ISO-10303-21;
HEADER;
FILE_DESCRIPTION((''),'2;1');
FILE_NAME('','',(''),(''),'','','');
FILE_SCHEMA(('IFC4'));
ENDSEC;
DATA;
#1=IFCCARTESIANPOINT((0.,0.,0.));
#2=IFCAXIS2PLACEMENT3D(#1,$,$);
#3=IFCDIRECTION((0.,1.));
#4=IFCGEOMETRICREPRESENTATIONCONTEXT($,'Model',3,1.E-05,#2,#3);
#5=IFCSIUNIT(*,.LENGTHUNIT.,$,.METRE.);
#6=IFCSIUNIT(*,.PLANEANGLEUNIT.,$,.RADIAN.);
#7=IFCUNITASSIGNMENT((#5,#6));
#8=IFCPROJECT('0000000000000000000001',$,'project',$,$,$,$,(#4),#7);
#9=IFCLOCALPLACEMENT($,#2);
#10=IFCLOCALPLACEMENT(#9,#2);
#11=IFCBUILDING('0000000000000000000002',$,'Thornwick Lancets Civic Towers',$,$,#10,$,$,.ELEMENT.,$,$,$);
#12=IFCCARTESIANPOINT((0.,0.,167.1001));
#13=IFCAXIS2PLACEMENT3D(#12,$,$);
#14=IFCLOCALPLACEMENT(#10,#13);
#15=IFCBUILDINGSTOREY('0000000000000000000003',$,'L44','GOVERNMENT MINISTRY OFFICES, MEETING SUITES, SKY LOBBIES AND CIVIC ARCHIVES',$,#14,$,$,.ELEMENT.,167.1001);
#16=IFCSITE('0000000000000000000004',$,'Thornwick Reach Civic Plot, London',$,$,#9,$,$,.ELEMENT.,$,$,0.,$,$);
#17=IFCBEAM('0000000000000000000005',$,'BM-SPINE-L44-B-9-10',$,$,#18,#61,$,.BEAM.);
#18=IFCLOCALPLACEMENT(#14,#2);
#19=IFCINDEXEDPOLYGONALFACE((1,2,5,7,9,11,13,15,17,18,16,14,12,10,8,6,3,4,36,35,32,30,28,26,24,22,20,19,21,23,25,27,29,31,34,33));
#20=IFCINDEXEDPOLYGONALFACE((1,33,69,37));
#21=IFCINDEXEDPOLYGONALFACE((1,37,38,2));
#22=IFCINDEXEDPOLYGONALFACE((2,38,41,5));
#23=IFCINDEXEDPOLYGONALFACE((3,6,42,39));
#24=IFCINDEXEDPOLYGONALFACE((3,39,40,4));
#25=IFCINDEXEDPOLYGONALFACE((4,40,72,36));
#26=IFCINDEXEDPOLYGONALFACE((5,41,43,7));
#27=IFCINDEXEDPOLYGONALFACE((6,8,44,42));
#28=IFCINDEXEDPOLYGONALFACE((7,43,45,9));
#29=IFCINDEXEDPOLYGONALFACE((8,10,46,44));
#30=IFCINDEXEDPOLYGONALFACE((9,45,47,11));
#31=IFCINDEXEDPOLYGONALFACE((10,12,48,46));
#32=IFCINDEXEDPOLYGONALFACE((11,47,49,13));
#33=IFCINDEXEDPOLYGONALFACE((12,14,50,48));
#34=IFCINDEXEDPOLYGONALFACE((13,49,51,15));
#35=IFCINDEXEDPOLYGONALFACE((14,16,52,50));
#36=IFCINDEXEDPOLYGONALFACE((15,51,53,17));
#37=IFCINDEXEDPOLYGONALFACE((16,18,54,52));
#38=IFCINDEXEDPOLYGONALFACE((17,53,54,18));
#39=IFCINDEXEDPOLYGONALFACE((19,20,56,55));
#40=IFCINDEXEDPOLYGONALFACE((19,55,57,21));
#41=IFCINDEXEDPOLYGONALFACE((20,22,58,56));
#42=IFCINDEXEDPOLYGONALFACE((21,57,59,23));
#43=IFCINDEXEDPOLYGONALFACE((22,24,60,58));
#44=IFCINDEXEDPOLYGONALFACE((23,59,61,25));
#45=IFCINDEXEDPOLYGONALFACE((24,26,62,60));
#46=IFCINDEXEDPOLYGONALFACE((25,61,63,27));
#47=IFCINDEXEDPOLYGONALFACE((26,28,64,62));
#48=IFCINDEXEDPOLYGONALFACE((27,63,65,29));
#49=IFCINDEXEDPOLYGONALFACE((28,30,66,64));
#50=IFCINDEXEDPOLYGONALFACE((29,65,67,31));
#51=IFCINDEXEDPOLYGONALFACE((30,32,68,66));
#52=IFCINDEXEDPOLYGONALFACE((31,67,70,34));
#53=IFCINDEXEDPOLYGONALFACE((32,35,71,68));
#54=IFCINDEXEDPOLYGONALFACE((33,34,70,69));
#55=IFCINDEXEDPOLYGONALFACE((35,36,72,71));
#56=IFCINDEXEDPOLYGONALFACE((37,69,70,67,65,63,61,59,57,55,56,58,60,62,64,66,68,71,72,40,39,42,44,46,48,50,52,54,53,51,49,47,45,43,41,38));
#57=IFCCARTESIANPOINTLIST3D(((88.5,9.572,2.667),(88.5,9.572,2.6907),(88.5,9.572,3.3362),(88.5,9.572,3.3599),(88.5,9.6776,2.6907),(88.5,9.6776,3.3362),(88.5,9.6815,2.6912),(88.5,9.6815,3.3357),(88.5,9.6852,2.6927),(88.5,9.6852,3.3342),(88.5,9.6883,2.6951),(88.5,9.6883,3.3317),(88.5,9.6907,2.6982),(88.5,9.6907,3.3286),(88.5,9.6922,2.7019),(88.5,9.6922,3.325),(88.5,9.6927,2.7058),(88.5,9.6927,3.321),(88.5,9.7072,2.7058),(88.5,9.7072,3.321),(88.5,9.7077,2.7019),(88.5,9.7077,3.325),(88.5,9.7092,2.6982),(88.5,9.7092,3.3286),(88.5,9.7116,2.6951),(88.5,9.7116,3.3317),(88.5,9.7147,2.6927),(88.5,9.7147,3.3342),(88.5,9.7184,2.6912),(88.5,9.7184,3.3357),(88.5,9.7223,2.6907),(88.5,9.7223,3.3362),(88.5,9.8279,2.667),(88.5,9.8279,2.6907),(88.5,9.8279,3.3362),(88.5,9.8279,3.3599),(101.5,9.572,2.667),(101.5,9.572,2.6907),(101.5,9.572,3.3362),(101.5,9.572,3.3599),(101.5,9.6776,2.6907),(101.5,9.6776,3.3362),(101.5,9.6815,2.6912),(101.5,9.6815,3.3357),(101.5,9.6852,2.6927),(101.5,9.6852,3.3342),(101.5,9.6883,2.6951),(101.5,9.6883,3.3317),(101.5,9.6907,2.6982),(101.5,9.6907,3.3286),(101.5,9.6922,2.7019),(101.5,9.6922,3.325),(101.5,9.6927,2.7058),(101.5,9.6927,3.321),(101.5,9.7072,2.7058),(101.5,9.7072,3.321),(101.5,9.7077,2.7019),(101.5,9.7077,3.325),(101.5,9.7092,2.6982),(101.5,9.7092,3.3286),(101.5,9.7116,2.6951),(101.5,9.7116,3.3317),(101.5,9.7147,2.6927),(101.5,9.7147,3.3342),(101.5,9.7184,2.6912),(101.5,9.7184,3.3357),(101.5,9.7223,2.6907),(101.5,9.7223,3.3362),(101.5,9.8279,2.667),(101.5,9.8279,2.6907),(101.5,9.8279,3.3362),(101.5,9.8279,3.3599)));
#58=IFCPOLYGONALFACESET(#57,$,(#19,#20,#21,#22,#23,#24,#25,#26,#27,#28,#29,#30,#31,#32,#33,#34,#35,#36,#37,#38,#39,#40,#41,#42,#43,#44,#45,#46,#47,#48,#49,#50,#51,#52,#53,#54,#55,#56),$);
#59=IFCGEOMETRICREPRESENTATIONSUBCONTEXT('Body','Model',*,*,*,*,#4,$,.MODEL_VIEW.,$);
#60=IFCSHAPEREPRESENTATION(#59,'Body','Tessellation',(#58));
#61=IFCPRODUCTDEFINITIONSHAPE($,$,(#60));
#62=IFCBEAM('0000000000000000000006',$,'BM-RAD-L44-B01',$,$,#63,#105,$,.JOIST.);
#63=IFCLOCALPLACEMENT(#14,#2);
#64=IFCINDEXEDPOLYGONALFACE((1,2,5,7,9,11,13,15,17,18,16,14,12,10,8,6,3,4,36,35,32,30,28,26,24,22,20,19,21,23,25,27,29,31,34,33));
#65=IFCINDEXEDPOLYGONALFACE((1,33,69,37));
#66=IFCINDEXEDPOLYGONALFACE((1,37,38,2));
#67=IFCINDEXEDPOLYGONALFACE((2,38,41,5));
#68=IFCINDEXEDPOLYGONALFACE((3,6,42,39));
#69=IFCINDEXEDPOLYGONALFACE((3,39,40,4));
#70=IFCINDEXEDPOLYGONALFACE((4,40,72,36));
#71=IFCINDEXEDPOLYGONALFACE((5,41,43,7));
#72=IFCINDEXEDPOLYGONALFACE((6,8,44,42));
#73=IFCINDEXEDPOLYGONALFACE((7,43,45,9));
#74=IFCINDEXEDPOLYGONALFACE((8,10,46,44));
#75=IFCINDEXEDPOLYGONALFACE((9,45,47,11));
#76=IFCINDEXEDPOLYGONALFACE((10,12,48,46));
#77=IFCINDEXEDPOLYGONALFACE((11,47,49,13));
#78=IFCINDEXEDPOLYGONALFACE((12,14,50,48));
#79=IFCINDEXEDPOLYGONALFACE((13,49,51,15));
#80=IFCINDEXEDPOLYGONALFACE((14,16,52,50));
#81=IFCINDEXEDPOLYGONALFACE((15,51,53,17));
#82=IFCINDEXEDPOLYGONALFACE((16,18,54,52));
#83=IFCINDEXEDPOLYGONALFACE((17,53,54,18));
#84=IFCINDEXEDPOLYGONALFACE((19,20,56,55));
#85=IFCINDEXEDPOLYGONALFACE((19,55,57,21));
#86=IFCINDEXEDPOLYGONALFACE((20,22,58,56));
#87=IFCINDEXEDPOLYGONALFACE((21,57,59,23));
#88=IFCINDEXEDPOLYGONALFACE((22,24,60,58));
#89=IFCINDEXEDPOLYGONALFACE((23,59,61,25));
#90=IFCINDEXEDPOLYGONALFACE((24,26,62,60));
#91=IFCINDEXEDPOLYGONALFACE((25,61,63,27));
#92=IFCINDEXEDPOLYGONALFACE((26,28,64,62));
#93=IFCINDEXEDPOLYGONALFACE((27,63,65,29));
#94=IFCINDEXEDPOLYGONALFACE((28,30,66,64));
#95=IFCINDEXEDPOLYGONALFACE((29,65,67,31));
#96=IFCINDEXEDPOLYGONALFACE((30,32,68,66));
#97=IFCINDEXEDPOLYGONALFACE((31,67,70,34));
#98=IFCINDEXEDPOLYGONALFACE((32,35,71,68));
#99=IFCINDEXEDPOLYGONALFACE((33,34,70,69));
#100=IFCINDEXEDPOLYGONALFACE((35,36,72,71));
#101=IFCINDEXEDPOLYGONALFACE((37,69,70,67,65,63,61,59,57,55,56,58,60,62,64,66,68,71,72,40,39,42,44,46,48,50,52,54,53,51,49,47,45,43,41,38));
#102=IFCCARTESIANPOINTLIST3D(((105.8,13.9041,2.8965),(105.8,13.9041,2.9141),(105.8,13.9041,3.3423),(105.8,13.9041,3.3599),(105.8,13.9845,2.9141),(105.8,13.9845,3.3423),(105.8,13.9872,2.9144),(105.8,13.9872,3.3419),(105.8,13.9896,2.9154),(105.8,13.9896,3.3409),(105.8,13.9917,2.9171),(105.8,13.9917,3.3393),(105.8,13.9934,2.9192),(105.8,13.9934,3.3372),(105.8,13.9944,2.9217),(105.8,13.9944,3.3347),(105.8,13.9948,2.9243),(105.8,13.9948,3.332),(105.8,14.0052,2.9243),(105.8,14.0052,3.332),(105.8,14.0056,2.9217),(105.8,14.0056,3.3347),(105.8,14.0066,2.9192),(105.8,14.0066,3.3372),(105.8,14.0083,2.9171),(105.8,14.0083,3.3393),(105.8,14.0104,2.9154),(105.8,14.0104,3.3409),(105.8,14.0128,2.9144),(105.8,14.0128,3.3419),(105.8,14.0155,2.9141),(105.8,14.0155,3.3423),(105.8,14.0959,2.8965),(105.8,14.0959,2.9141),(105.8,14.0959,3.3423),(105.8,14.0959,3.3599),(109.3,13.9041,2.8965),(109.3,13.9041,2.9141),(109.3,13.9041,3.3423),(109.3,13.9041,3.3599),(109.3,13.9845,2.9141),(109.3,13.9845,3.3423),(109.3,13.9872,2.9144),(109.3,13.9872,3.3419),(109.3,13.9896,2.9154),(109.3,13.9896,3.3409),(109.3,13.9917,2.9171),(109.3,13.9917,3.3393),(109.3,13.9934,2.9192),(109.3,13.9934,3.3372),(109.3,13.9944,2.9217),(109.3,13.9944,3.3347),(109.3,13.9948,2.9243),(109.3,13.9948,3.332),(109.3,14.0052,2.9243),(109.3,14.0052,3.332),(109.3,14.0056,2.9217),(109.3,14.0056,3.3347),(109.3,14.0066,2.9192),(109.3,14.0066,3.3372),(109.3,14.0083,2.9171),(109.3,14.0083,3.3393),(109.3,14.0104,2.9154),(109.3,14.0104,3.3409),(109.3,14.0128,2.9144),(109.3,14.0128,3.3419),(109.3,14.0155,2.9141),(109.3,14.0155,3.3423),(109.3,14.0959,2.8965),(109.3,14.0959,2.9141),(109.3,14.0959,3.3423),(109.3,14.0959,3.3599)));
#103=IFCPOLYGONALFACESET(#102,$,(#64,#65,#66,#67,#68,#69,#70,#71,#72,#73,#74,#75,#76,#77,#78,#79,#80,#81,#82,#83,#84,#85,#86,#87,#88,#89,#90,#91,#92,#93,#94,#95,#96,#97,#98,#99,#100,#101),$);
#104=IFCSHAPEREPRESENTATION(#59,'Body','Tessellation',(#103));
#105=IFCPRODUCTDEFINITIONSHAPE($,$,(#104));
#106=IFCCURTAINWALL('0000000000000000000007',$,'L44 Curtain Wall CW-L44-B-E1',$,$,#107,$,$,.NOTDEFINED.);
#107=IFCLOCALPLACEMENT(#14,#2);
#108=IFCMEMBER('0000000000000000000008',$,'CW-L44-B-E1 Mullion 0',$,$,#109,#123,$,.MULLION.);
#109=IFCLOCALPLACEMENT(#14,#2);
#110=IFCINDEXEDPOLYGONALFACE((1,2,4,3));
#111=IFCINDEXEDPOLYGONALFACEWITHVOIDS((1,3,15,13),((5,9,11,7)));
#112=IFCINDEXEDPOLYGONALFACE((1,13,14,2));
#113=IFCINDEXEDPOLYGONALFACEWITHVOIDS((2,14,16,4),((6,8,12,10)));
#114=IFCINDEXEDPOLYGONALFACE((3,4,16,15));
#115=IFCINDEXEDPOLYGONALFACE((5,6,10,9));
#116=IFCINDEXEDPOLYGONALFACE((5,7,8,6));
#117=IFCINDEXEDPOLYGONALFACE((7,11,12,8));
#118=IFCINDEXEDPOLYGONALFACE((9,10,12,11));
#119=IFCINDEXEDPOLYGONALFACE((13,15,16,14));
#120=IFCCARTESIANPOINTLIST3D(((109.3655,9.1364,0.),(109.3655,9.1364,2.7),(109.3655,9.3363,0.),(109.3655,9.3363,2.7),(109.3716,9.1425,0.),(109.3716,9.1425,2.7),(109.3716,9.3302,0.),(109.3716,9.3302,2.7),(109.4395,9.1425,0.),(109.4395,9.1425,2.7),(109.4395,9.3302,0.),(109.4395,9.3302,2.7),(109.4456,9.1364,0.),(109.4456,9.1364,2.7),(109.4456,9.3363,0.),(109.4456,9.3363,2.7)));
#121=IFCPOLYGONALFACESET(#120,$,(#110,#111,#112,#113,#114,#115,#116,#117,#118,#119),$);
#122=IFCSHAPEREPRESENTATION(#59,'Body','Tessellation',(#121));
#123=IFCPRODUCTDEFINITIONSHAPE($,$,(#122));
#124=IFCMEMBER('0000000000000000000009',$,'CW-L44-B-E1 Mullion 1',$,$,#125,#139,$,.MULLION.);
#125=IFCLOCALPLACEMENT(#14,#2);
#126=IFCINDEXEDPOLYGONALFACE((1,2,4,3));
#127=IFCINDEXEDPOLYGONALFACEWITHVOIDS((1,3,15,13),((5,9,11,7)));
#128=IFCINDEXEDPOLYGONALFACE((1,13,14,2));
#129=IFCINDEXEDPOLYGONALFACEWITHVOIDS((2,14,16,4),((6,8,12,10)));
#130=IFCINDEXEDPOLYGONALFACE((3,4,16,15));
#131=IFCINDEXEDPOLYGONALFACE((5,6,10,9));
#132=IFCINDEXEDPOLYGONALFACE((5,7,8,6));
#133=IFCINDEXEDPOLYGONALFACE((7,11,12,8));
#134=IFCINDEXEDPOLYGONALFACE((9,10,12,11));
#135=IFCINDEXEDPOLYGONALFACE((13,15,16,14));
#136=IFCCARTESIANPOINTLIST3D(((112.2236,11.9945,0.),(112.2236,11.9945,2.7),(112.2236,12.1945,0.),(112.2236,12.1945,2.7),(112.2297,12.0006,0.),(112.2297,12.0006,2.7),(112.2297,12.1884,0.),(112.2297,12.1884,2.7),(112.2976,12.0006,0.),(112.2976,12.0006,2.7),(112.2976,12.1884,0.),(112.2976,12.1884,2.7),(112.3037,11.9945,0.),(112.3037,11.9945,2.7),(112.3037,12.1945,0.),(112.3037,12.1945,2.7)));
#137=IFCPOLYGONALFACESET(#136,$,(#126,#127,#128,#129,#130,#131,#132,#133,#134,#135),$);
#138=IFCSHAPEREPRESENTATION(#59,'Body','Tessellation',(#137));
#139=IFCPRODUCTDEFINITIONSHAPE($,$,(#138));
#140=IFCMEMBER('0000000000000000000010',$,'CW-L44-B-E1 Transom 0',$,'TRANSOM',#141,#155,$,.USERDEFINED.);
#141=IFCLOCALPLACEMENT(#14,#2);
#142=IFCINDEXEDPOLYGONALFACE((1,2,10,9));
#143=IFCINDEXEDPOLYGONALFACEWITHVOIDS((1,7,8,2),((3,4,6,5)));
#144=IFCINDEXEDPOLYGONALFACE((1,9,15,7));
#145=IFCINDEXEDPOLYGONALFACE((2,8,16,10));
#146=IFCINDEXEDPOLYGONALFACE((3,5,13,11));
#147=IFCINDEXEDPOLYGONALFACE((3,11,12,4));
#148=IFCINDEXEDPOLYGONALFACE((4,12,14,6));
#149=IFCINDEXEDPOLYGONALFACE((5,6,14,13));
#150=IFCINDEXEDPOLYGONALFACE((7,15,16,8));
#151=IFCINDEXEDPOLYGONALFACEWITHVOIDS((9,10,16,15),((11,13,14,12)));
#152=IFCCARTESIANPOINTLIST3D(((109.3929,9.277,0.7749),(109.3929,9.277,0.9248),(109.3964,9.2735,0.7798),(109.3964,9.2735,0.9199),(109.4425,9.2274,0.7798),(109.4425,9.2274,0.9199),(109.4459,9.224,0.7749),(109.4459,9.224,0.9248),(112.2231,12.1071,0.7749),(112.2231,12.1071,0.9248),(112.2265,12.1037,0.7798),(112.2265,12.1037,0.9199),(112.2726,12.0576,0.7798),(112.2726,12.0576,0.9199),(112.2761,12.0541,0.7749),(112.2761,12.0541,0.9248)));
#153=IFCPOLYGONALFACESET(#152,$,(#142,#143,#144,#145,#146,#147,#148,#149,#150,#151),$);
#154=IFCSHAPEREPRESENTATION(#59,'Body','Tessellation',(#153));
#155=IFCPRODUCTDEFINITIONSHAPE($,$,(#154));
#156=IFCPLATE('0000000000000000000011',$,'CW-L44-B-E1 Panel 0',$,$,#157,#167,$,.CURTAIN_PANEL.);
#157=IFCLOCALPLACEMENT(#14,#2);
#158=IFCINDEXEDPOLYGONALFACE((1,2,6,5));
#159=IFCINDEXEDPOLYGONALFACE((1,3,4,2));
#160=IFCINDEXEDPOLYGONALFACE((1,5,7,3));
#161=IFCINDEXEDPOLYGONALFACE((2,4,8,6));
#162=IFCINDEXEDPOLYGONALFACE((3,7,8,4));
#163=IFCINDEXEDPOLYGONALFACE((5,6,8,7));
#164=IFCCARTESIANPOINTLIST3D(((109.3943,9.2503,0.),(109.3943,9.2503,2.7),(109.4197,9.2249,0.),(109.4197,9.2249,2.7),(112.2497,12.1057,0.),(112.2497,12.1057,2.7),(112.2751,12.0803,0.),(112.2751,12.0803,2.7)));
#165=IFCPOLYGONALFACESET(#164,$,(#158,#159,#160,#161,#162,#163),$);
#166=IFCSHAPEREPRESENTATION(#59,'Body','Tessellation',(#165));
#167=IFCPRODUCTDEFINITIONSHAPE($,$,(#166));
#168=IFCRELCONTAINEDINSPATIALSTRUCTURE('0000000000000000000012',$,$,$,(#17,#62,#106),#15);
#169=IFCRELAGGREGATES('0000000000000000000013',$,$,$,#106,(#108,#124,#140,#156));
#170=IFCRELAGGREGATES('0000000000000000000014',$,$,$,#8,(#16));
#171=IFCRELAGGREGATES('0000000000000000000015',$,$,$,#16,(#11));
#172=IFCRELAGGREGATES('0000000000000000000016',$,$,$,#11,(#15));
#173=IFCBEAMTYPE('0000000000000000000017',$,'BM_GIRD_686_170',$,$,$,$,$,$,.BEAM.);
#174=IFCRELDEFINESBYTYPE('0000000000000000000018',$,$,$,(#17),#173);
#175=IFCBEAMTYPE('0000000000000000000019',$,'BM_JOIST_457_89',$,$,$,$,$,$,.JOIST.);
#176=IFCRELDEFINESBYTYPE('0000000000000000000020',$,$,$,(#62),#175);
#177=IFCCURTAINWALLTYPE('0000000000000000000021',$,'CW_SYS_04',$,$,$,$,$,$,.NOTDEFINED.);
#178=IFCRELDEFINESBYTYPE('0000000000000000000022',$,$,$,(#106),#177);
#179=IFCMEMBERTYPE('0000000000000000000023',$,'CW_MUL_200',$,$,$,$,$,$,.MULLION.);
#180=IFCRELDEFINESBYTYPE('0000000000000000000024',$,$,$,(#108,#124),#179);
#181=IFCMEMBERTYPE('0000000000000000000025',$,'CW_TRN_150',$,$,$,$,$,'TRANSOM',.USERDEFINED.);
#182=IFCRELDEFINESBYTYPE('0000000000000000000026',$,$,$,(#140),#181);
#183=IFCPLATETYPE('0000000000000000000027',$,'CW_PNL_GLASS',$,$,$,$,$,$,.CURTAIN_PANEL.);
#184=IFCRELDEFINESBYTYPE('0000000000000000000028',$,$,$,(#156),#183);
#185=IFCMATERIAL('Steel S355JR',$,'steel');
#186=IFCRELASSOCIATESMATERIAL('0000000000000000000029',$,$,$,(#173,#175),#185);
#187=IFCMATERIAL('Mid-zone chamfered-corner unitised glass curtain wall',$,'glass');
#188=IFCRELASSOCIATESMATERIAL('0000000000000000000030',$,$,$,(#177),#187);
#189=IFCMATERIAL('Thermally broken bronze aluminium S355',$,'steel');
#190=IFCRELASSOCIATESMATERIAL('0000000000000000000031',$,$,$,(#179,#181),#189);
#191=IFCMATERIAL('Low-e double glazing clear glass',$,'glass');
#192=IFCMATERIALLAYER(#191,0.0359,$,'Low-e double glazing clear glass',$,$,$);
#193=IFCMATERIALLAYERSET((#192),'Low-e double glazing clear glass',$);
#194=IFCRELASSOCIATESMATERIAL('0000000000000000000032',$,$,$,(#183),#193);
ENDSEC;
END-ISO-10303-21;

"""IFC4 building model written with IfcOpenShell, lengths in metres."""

from ifc_helpers import new_model, si_unit, direction, frame, origin, origin_2d, place, context, subcontext, project, spatial, rectangle, hollow_rectangle, i_section, extrude, material, layer, layer_set, material_profile, profile_set, type_object, element, aggregate, save


model = new_model("IFC4")

# Units and contexts
model_context = context("Model", 3, precision=1e-05, world=origin(), true_north=direction((0.0, 1.0)))
body_context = subcontext(model_context, "Body", "Model", "MODEL_VIEW")
ifc_project = project(units=[si_unit("LENGTHUNIT", "METRE"), si_unit("PLANEANGLEUNIT", "RADIAN")], contexts=[model_context])

# Site, building, storey
site_placement = place(None, origin())
site = spatial("IfcSite", under=ifc_project, at=site_placement, Name="Thornwick Reach Civic Plot, London", CompositionType="ELEMENT", RefElevation=0.0)
building_placement = place(site_placement, origin())
building = spatial("IfcBuilding", under=site, at=building_placement, Name="Thornwick Lancets Civic Towers", CompositionType="ELEMENT")
storey_placement = place(building_placement, frame((0.0, 0.0, 167.1001)))
storey = spatial("IfcBuildingStorey", under=building, at=storey_placement, Name="L44", Description="GOVERNMENT MINISTRY OFFICES, MEETING SUITES, SKY LOBBIES AND CIVIC ARCHIVES", CompositionType="ELEMENT", Elevation=167.1001)

# Beams
ifc_material_1 = material(Name="Steel S355JR", Category="steel")
ifc_material_profile_1 = material_profile(ifc_material_1, i_section(OverallWidth=0.2559, OverallDepth=0.6929, WebThickness=0.0144, FlangeThickness=0.0237, FilletRadius=0.0151, at=origin_2d()), Name="UKB 686x254x170")
ifc_profile_set_1 = profile_set([ifc_material_profile_1], Name="Steel S355JR")
beam_type_1 = type_object("IfcBeamType", Name="BM_GIRD_686_170", PredefinedType="BEAM", material=ifc_profile_set_1)
for number, where, z_axis, x_axis, name in (
    (1, (101.5, 9.7, 3.0134), (-1.0, 0.0, 0.0), (0.0, -1.0, 0.0), "BM-SPINE-L44-B-9-10"),
):
    element("IfcBeam", number, at=place(storey_placement, frame(where, z_axis=z_axis, x_axis=x_axis)), inside=storey, type_object=beam_type_1, Name=name, PredefinedType="BEAM", context=body_context, shape_type="SweptSolid", body=[
        extrude(i_section(OverallWidth=0.2559, OverallDepth=0.6929, WebThickness=0.0144, FlangeThickness=0.0237, FilletRadius=0.0151, at=origin_2d()), origin(), (0.0, 0.0, 1.0), 13.0),
    ])
ifc_material_profile_2 = material_profile(ifc_material_1, i_section(OverallWidth=0.1919, OverallDepth=0.4634, WebThickness=0.0105, FlangeThickness=0.0176, FilletRadius=0.0103, at=origin_2d()), Name="UKB 457x191x89")
ifc_profile_set_2 = profile_set([ifc_material_profile_2], Name="Steel S355JR")
beam_type_2 = type_object("IfcBeamType", Name="BM_JOIST_457_89", PredefinedType="JOIST", material=ifc_profile_set_2)
beam_1_placement = place(storey_placement, frame((105.8, 14.0, 3.1282), z_axis=(1.0, 0.0, 0.0), x_axis=(0.0, 1.0, 0.0)))
element("IfcBeam", 2, at=beam_1_placement, inside=storey, type_object=beam_type_2, Name="BM-RAD-L44-B01", PredefinedType="JOIST", context=body_context, shape_type="SweptSolid", body=[
    extrude(i_section(OverallWidth=0.1919, OverallDepth=0.4634, WebThickness=0.0105, FlangeThickness=0.0176, FilletRadius=0.0103, at=origin_2d()), origin(), (0.0, 0.0, 1.0), 3.5),
])

# Curtain wall, members, plate
ifc_material_2 = material(Name="Mid-zone chamfered-corner unitised glass curtain wall", Category="glass")
curtain_wall_type = type_object("IfcCurtainWallType", Name="CW_SYS_04", PredefinedType="NOTDEFINED", material=ifc_material_2)
curtain_wall_placement = place(storey_placement, origin())
curtain_wall = element("IfcCurtainWall", 3, at=curtain_wall_placement, inside=storey, type_object=curtain_wall_type, Name="L44 Curtain Wall CW-L44-B-E1", PredefinedType="NOTDEFINED")
ifc_material_3 = material(Name="Thermally broken bronze aluminium S355", Category="steel")
ifc_material_profile_3 = material_profile(ifc_material_3, hollow_rectangle(XDim=0.0801, YDim=0.2, WallThickness=0.0061, at=origin_2d()), Name="RHS 200x80x6")
ifc_profile_set_3 = profile_set([ifc_material_profile_3], Name="Thermally broken bronze aluminium S355")
member_type_1 = type_object("IfcMemberType", Name="CW_MUL_200", PredefinedType="MULLION", material=ifc_profile_set_3)
member_1_placement = place(storey_placement, frame((109.4055, 9.2363, 0.0), z_axis=(0.0, 0.0, 1.0), x_axis=(1.0, 0.0, 0.0)))
member_1 = element("IfcMember", 4, at=member_1_placement, type_object=member_type_1, Name="CW-L44-B-E1 Mullion 0", PredefinedType="MULLION", context=body_context, shape_type="SweptSolid", body=[
    extrude(hollow_rectangle(XDim=0.0801, YDim=0.2, WallThickness=0.0061, at=origin_2d()), origin(), (0.0, 0.0, 1.0), 2.7),
])
member_2_placement = place(storey_placement, frame((112.2637, 12.0945, 0.0), z_axis=(0.0, 0.0, 1.0), x_axis=(1.0, 0.0, 0.0)))
member_2 = element("IfcMember", 5, at=member_2_placement, type_object=member_type_1, Name="CW-L44-B-E1 Mullion 1", PredefinedType="MULLION", context=body_context, shape_type="SweptSolid", body=[
    extrude(hollow_rectangle(XDim=0.0801, YDim=0.2, WallThickness=0.0061, at=origin_2d()), origin(), (0.0, 0.0, 1.0), 2.7),
])
ifc_material_profile_4 = material_profile(ifc_material_3, hollow_rectangle(XDim=0.075, YDim=0.1499, WallThickness=0.0049, at=origin_2d()), Name="RHS 150x75x5")
ifc_profile_set_4 = profile_set([ifc_material_profile_4], Name="Thermally broken bronze aluminium S355")
member_type_2 = type_object("IfcMemberType", Name="CW_TRN_150", ElementType="TRANSOM", PredefinedType="USERDEFINED", material=ifc_profile_set_4)
member_3_placement = place(storey_placement, frame((109.4194, 9.2505, 0.8499), z_axis=(0.707107, 0.707107, 0.0), x_axis=(-0.707107, 0.707107, 0.0)))
member_3 = element("IfcMember", 6, at=member_3_placement, type_object=member_type_2, Name="CW-L44-B-E1 Transom 0", ObjectType="TRANSOM", PredefinedType="USERDEFINED", context=body_context, shape_type="SweptSolid", body=[
    extrude(hollow_rectangle(XDim=0.075, YDim=0.1499, WallThickness=0.0049, at=origin_2d()), origin(), (0.0, 0.0, 1.0), 4.0024),
])
ifc_material_4 = material(Name="Low-e double glazing clear glass", Category="glass")
ifc_layer_1 = layer(ifc_material_4, 0.0359, Name="Low-e double glazing clear glass")
ifc_layer_set_1 = layer_set([ifc_layer_1], Name="Low-e double glazing clear glass")
plate_type = type_object("IfcPlateType", Name="CW_PNL_GLASS", PredefinedType="CURTAIN_PANEL", material=ifc_layer_set_1)
plate_placement = place(storey_placement, frame((110.8347, 10.6653, 0.0), z_axis=(0.0, 0.0, 1.0), x_axis=(0.707107, 0.707107, 0.0)))
plate = element("IfcPlate", 7, at=plate_placement, type_object=plate_type, Name="CW-L44-B-E1 Panel 0", PredefinedType="CURTAIN_PANEL", context=body_context, shape_type="SweptSolid", body=[
    extrude(rectangle(XDim=4.0381, YDim=0.0359, at=origin_2d()), origin(), (0.0, 0.0, 1.0), 2.7),
])
aggregate(curtain_wall, [member_1, member_2, member_3, plate])

save(model, "model.ifc")
